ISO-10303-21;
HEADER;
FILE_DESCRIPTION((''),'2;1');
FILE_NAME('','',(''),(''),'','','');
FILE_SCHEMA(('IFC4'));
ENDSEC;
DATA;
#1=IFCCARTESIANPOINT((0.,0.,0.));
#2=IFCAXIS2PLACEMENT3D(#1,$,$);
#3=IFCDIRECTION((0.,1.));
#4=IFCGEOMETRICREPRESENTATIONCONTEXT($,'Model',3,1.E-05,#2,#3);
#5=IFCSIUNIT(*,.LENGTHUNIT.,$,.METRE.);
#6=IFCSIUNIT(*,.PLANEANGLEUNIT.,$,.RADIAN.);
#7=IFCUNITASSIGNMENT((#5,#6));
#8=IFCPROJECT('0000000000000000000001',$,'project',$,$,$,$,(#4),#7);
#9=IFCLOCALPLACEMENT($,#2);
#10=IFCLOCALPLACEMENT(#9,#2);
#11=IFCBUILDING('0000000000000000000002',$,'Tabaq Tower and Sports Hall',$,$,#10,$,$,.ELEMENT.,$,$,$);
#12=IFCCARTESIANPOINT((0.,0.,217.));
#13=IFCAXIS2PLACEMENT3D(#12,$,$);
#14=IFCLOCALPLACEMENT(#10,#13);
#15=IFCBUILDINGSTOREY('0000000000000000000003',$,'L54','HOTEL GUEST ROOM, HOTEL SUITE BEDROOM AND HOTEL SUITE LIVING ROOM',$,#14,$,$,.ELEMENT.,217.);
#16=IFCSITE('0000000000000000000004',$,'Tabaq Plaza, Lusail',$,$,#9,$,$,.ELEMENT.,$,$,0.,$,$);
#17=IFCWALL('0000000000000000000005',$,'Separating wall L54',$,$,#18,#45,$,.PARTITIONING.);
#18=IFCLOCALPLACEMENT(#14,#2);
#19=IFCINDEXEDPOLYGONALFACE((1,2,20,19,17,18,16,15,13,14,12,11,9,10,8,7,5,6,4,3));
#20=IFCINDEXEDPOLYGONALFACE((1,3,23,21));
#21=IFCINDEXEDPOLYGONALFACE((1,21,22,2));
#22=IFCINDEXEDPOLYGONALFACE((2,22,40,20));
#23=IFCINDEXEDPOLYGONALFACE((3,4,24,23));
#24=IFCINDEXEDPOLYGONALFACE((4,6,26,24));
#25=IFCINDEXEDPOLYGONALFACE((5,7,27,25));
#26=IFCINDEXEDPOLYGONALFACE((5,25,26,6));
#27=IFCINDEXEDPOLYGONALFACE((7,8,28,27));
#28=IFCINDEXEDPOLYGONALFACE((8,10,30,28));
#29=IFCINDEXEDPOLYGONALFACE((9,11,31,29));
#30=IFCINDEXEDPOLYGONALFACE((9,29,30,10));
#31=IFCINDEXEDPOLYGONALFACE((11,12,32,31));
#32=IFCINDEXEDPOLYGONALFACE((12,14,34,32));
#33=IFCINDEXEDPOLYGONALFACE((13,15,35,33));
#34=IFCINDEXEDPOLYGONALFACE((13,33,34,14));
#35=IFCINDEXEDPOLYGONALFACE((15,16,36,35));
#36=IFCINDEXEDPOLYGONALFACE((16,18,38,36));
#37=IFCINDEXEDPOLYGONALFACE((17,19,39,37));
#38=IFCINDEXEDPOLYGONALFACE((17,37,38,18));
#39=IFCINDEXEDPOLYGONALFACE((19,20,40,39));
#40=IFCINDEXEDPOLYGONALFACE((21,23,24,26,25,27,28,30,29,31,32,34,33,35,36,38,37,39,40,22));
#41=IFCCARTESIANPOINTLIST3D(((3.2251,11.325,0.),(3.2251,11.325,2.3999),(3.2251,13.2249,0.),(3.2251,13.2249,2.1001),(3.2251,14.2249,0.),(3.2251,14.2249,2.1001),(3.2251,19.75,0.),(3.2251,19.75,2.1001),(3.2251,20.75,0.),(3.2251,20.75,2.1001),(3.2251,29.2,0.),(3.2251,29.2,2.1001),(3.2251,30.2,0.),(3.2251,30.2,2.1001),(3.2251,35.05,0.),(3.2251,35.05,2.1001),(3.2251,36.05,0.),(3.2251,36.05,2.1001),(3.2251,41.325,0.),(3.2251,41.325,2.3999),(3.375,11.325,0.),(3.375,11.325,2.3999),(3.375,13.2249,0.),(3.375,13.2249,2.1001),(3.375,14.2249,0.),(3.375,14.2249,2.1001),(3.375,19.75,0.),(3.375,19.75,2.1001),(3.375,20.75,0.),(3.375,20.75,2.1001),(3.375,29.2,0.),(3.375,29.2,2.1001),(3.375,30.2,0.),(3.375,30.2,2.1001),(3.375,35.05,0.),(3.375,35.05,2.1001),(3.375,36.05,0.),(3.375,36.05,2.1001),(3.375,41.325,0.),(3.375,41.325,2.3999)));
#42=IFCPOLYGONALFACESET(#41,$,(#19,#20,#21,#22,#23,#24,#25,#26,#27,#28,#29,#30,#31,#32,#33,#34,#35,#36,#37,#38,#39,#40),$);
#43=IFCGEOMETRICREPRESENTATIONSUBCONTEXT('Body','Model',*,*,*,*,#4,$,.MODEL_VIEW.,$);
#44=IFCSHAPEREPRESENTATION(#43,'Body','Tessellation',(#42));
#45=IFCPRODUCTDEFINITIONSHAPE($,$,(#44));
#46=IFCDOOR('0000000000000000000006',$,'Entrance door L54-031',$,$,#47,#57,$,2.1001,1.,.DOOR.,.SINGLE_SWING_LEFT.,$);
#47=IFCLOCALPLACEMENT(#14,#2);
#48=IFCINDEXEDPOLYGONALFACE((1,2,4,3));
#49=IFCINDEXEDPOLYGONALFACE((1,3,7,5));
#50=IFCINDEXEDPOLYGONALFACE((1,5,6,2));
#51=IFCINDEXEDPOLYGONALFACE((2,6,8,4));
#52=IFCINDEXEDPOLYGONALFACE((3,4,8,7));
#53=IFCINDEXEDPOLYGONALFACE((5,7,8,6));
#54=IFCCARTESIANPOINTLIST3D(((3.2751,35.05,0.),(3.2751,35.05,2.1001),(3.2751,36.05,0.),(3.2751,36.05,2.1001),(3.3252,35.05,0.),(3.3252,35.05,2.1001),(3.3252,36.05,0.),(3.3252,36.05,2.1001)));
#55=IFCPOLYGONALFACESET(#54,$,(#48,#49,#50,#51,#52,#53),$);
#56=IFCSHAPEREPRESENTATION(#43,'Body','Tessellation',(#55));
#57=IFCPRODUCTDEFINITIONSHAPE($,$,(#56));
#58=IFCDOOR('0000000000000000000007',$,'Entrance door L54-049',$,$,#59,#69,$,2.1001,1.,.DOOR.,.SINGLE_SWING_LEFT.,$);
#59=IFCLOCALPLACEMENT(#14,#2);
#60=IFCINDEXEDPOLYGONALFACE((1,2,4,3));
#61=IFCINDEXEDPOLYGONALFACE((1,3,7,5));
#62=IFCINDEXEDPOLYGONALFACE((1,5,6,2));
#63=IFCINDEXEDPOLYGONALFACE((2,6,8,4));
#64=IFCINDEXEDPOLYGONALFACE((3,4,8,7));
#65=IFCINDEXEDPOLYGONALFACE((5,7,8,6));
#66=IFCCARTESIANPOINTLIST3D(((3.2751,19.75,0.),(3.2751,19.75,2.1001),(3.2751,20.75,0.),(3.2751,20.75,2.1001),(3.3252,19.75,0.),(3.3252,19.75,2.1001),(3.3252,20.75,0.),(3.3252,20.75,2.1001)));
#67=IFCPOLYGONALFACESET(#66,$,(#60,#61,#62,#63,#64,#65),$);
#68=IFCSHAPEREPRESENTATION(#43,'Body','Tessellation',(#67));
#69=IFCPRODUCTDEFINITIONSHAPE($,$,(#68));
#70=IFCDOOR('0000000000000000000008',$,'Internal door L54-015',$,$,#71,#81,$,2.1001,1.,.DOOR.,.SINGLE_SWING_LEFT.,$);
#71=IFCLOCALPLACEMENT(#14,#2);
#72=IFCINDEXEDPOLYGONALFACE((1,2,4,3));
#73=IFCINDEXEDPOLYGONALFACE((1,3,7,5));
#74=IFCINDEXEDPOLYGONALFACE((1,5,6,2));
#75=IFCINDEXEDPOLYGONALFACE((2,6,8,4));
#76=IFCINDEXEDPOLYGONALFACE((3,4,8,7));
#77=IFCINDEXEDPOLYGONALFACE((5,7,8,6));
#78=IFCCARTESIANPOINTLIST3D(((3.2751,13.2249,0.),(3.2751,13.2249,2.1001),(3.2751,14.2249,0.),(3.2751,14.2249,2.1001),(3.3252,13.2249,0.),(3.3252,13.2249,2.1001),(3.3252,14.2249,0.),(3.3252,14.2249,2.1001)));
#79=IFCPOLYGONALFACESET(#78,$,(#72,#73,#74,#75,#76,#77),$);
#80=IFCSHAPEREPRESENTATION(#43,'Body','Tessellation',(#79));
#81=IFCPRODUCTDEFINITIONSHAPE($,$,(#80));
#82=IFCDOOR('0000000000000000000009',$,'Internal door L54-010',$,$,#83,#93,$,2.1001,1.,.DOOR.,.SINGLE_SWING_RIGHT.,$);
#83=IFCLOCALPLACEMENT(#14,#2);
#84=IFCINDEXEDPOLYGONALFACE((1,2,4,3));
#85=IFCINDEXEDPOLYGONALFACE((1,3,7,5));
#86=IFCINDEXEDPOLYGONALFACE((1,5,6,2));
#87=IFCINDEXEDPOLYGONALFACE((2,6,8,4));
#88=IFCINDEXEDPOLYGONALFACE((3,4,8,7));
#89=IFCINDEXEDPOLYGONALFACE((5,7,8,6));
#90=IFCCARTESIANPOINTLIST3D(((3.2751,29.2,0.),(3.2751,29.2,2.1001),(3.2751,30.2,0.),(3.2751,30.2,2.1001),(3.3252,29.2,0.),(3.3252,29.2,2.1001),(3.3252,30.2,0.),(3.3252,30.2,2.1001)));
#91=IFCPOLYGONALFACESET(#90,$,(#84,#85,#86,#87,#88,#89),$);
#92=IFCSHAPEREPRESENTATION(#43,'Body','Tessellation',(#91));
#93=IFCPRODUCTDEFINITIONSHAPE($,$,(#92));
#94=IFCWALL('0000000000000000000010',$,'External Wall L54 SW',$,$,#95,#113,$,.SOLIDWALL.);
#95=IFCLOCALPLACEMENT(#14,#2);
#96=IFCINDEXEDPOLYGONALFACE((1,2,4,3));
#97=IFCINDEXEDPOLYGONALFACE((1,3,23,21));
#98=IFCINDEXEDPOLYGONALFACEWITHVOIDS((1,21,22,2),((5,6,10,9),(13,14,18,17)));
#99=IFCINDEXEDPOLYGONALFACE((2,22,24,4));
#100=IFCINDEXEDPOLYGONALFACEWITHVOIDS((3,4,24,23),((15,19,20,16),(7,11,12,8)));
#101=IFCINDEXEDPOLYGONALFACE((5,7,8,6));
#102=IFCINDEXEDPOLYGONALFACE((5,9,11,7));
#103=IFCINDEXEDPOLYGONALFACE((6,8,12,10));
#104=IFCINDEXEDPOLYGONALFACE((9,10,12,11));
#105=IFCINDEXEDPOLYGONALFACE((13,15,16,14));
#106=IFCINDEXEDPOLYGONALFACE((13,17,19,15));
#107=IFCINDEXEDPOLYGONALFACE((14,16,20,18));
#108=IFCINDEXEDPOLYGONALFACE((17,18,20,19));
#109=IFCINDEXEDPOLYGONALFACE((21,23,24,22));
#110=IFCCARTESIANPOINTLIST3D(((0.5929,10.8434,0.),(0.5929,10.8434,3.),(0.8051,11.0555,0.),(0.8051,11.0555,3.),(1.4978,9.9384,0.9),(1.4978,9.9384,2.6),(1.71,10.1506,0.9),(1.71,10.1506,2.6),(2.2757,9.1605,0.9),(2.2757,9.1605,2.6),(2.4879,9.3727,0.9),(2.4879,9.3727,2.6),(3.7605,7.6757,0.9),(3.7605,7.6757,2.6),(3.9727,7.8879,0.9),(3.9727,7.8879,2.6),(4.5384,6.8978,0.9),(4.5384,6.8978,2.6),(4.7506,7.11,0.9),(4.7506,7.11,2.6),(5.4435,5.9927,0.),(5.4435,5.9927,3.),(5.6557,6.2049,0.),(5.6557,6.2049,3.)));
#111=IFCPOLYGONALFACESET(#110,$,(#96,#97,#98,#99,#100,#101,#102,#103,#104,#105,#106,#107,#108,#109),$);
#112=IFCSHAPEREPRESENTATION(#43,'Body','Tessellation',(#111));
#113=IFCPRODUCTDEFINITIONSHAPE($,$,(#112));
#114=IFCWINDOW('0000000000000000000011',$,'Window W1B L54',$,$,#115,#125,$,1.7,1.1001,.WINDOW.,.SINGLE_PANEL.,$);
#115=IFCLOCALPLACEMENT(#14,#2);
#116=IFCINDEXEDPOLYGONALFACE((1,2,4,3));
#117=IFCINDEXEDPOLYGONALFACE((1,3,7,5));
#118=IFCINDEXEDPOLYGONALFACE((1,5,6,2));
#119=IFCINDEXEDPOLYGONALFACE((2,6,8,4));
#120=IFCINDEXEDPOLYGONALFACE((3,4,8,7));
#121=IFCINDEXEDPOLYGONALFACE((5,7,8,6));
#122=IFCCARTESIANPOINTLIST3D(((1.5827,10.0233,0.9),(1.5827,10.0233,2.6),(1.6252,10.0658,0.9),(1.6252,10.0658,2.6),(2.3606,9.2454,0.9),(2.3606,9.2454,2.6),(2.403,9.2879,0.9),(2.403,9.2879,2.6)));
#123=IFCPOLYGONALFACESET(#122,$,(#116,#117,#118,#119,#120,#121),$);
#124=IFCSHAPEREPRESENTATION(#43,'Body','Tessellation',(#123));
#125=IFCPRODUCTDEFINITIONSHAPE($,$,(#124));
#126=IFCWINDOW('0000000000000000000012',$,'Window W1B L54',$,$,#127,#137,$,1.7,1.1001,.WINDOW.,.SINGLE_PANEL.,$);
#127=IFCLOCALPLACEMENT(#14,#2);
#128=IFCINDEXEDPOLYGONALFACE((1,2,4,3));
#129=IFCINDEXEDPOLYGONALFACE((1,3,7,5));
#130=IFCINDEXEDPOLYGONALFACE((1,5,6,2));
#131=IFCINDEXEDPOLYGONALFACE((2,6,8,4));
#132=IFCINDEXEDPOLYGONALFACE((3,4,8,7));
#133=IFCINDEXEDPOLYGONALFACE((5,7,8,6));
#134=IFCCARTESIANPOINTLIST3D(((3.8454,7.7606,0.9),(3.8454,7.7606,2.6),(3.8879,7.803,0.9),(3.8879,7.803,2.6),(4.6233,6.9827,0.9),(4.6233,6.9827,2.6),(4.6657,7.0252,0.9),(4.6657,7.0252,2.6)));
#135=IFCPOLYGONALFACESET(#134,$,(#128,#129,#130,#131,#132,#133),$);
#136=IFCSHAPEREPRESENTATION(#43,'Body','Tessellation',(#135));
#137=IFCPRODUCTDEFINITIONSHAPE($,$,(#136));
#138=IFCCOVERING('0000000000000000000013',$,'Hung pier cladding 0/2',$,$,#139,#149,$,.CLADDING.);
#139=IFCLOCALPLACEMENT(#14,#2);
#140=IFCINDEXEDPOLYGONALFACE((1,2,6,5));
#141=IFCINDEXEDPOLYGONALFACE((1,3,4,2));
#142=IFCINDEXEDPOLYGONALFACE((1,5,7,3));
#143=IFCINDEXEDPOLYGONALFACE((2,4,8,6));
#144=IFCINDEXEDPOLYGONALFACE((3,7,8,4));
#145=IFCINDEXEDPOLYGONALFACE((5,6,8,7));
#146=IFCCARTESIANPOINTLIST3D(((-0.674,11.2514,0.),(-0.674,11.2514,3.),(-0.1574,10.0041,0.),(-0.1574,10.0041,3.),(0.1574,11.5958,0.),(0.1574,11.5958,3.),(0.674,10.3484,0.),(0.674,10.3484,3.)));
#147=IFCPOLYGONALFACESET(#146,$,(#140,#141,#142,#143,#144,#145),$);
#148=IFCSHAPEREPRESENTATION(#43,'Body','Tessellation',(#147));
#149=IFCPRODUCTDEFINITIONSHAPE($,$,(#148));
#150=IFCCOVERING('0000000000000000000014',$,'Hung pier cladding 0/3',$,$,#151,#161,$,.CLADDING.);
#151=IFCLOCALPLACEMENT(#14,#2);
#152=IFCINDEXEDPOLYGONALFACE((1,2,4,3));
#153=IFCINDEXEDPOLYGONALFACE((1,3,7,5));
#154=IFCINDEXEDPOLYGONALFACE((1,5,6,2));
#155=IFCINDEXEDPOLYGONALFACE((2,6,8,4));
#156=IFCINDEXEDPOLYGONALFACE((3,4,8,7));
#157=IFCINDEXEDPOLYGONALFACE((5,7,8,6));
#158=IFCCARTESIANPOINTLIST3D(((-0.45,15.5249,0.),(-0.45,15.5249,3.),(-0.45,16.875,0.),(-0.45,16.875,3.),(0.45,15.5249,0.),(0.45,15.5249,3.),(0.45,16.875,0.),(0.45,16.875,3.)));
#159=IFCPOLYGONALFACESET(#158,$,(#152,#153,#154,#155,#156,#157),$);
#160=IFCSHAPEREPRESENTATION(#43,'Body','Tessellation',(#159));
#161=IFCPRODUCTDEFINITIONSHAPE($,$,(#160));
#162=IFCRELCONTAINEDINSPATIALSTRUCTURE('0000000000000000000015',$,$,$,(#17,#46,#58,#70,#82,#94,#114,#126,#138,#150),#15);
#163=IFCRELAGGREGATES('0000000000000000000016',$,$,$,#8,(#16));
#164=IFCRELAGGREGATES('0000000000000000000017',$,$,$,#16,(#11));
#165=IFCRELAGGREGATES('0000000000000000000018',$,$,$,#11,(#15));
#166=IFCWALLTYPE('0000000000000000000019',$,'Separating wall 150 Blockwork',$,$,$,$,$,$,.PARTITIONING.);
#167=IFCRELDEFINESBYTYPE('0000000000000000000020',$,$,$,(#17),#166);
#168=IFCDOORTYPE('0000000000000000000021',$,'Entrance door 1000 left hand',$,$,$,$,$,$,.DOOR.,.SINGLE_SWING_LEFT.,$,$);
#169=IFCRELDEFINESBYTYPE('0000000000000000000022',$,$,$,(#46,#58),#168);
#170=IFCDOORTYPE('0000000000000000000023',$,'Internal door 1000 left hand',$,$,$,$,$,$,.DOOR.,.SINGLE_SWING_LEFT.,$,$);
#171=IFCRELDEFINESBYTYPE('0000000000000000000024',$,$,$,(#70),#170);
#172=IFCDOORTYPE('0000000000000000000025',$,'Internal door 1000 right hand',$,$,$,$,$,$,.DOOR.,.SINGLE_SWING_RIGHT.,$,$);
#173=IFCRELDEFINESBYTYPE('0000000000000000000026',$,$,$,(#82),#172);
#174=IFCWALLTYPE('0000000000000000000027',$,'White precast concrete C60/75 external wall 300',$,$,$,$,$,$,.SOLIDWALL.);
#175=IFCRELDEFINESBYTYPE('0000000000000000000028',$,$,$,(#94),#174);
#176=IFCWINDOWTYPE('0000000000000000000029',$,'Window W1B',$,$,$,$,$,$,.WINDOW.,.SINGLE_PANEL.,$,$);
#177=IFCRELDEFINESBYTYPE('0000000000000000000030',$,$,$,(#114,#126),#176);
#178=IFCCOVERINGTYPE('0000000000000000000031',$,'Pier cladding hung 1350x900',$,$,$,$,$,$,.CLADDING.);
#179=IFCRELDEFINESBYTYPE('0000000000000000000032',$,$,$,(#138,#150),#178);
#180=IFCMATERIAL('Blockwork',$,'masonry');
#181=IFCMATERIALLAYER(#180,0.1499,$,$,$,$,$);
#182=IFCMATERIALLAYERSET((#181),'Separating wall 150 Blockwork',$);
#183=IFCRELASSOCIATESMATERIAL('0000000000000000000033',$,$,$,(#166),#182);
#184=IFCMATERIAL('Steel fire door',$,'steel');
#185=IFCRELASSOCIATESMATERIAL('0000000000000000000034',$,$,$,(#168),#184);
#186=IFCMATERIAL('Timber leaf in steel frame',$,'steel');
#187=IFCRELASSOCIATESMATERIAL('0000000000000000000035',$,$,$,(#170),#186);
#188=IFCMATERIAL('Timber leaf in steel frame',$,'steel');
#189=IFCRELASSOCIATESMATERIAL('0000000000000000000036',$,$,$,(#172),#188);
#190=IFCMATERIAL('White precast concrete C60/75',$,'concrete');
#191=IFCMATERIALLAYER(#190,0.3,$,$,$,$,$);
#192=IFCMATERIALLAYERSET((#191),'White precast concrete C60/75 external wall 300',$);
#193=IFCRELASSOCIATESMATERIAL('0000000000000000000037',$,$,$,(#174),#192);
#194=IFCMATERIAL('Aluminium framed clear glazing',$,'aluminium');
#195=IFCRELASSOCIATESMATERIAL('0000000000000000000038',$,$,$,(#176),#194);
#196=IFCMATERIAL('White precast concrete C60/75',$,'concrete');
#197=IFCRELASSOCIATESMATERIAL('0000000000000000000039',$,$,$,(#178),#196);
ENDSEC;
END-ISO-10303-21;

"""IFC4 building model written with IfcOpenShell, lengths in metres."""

from ifc_helpers import new_model, si_unit, direction, frame, frame_2d, origin, place, context, subcontext, project, spatial, rectangle, extrude, material, layer, layer_set, type_object, element, fill, save


model = new_model("IFC4")

# Units and contexts
model_context = context("Model", 3, precision=1e-05, world=origin(), true_north=direction((0.0, 1.0)))
body_context = subcontext(model_context, "Body", "Model", "MODEL_VIEW")
ifc_project = project(units=[si_unit("LENGTHUNIT", "METRE"), si_unit("PLANEANGLEUNIT", "RADIAN")], contexts=[model_context])

# Site, building, storey
site_placement = place(None, origin())
site = spatial("IfcSite", under=ifc_project, at=site_placement, Name="Tabaq Plaza, Lusail", CompositionType="ELEMENT", RefElevation=0.0)
building_placement = place(site_placement, origin())
building = spatial("IfcBuilding", under=site, at=building_placement, Name="Tabaq Tower and Sports Hall", CompositionType="ELEMENT")
storey_placement = place(building_placement, frame((0.0, 0.0, 217.0)))
storey = spatial("IfcBuildingStorey", under=building, at=storey_placement, Name="L54", Description="HOTEL GUEST ROOM, HOTEL SUITE BEDROOM AND HOTEL SUITE LIVING ROOM", CompositionType="ELEMENT", Elevation=217.0)

# Shared definitions
ifc_material_1 = material(Name="Blockwork", Category="masonry")
ifc_layer_1 = layer(ifc_material_1, 0.1499)
ifc_layer_set_1 = layer_set([ifc_layer_1], Name="Separating wall 150 Blockwork")
wall_type_1 = type_object("IfcWallType", Name="Separating wall 150 Blockwork", PredefinedType="PARTITIONING", material=ifc_layer_set_1)

# Wall, openings, doors
ifc_material_2 = material(Name="Steel fire door", Category="steel")
door_type_1 = type_object("IfcDoorType", Name="Entrance door 1000 left hand", OperationType="SINGLE_SWING_LEFT", PredefinedType="DOOR", material=ifc_material_2)
wall_1_placement = place(storey_placement, frame((3.3, 11.325, 0.0), z_axis=(0.0, 0.0, 1.0), x_axis=(0.0, 1.0, 0.0)))
wall_1 = element("IfcWall", 1, at=wall_1_placement, inside=storey, type_object=wall_type_1, Name="Separating wall L54", PredefinedType="PARTITIONING", context=body_context, shape_type="SweptSolid", body=[
    extrude(rectangle(XDim=30.0, YDim=0.1499, at=frame_2d((15.0, 0.0))), origin(), (0.0, 0.0, 1.0), 2.3999),
])
opening_1_placement = place(wall_1_placement, frame((17.875, 0.0, 0.0)))
opening_1 = element("IfcOpeningElement", 2, at=opening_1_placement, cuts=wall_1, PredefinedType="OPENING", context=body_context, shape_type="SweptSolid", body=[
    extrude(rectangle(XDim=1.0, YDim=2.1001, at=frame_2d((0.5, 1.05))), frame((0.0, 0.075, 0.0), z_axis=(0.0, -1.0, 0.0), x_axis=(1.0, 0.0, 0.0)), (0.0, 0.0, 1.0), 0.1499),
])
opening_2_placement = place(wall_1_placement, frame((1.8999, 0.0, 0.0)))
opening_2 = element("IfcOpeningElement", 3, at=opening_2_placement, cuts=wall_1, PredefinedType="OPENING", context=body_context, shape_type="SweptSolid", body=[
    extrude(rectangle(XDim=1.0, YDim=2.1001, at=frame_2d((0.5, 1.05))), frame((0.0, 0.075, 0.0), z_axis=(0.0, -1.0, 0.0), x_axis=(1.0, 0.0, 0.0)), (0.0, 0.0, 1.0), 0.1499),
])
opening_3_placement = place(wall_1_placement, frame((23.7251, 0.0, 0.0)))
opening_3 = element("IfcOpeningElement", 4, at=opening_3_placement, cuts=wall_1, PredefinedType="OPENING", context=body_context, shape_type="SweptSolid", body=[
    extrude(rectangle(XDim=1.0, YDim=2.1001, at=frame_2d((0.5, 1.05))), frame((0.0, 0.075, 0.0), z_axis=(0.0, -1.0, 0.0), x_axis=(1.0, 0.0, 0.0)), (0.0, 0.0, 1.0), 0.1499),
])
opening_4_placement = place(wall_1_placement, frame((8.425, 0.0, 0.0)))
opening_4 = element("IfcOpeningElement", 5, at=opening_4_placement, cuts=wall_1, PredefinedType="OPENING", context=body_context, shape_type="SweptSolid", body=[
    extrude(rectangle(XDim=1.0, YDim=2.1001, at=frame_2d((0.5, 1.05))), frame((0.0, 0.075, 0.0), z_axis=(0.0, -1.0, 0.0), x_axis=(1.0, 0.0, 0.0)), (0.0, 0.0, 1.0), 0.1499),
])
door_1_placement = place(opening_3_placement, origin())
door_1 = element("IfcDoor", 6, at=door_1_placement, inside=storey, type_object=door_type_1, Name="Entrance door L54-031", OperationType="SINGLE_SWING_LEFT", OverallHeight=2.1001, OverallWidth=1.0, PredefinedType="DOOR", context=body_context, shape_type="SweptSolid", body=[
    extrude(rectangle(XDim=1.0, YDim=2.1001, at=frame_2d((0.5, 1.05))), frame((0.0, 0.0249, 0.0), z_axis=(0.0, -1.0, 0.0), x_axis=(1.0, 0.0, 0.0)), (0.0, 0.0, 1.0), 0.05),
])
fill(opening_3, door_1)
door_2_placement = place(opening_4_placement, origin())
door_2 = element("IfcDoor", 7, at=door_2_placement, inside=storey, type_object=door_type_1, Name="Entrance door L54-049", OperationType="SINGLE_SWING_LEFT", OverallHeight=2.1001, OverallWidth=1.0, PredefinedType="DOOR", context=body_context, shape_type="SweptSolid", body=[
    extrude(rectangle(XDim=1.0, YDim=2.1001, at=frame_2d((0.5, 1.05))), frame((0.0, 0.0249, 0.0), z_axis=(0.0, -1.0, 0.0), x_axis=(1.0, 0.0, 0.0)), (0.0, 0.0, 1.0), 0.05),
])
fill(opening_4, door_2)
ifc_material_3 = material(Name="Timber leaf in steel frame", Category="steel")
door_type_2 = type_object("IfcDoorType", Name="Internal door 1000 left hand", OperationType="SINGLE_SWING_LEFT", PredefinedType="DOOR", material=ifc_material_3)
door_3_placement = place(opening_2_placement, origin())
door_3 = element("IfcDoor", 8, at=door_3_placement, inside=storey, type_object=door_type_2, Name="Internal door L54-015", OperationType="SINGLE_SWING_LEFT", OverallHeight=2.1001, OverallWidth=1.0, PredefinedType="DOOR", context=body_context, shape_type="SweptSolid", body=[
    extrude(rectangle(XDim=1.0, YDim=2.1001, at=frame_2d((0.5, 1.05))), frame((0.0, 0.0249, 0.0), z_axis=(0.0, -1.0, 0.0), x_axis=(1.0, 0.0, 0.0)), (0.0, 0.0, 1.0), 0.05),
])
fill(opening_2, door_3)
ifc_material_4 = material(Name="Timber leaf in steel frame", Category="steel")
door_type_3 = type_object("IfcDoorType", Name="Internal door 1000 right hand", OperationType="SINGLE_SWING_RIGHT", PredefinedType="DOOR", material=ifc_material_4)
door_4_placement = place(opening_1_placement, origin())
door_4 = element("IfcDoor", 9, at=door_4_placement, inside=storey, type_object=door_type_3, Name="Internal door L54-010", OperationType="SINGLE_SWING_RIGHT", OverallHeight=2.1001, OverallWidth=1.0, PredefinedType="DOOR", context=body_context, shape_type="SweptSolid", body=[
    extrude(rectangle(XDim=1.0, YDim=2.1001, at=frame_2d((0.5, 1.05))), frame((0.0, 0.0249, 0.0), z_axis=(0.0, -1.0, 0.0), x_axis=(1.0, 0.0, 0.0)), (0.0, 0.0, 1.0), 0.05),
])
fill(opening_1, door_4)

# Wall, openings, windows
ifc_material_5 = material(Name="White precast concrete C60/75", Category="concrete")
ifc_layer_2 = layer(ifc_material_5, 0.3)
ifc_layer_set_2 = layer_set([ifc_layer_2], Name="White precast concrete C60/75 external wall 300")
wall_type_2 = type_object("IfcWallType", Name="White precast concrete C60/75 external wall 300", PredefinedType="SOLIDWALL", material=ifc_layer_set_2)
wall_2_placement = place(storey_placement, frame((0.699, 10.9495, 0.0), z_axis=(0.0, 0.0, 1.0), x_axis=(0.707107, -0.707107, 0.0)))
wall_2 = element("IfcWall", 10, at=wall_2_placement, inside=storey, type_object=wall_type_2, Name="External Wall L54 SW", PredefinedType="SOLIDWALL", context=body_context, shape_type="SweptSolid", body=[
    extrude(rectangle(XDim=6.8599, YDim=0.3, at=frame_2d((3.4299, 0.0))), origin(), (0.0, 0.0, 1.0), 3.0),
])
opening_5_placement = place(wall_2_placement, frame((1.2798, 0.0, 0.8999)))
opening_5 = element("IfcOpeningElement", 11, at=opening_5_placement, cuts=wall_2, PredefinedType="OPENING", context=body_context, shape_type="SweptSolid", body=[
    extrude(rectangle(XDim=1.1001, YDim=1.7, at=frame_2d((0.55, 0.8501))), frame((0.0, 0.1602, 0.0), z_axis=(0.0, -1.0, 0.0), x_axis=(1.0, 0.0, 0.0)), (0.0, 0.0, 1.0), 0.3201),
])
opening_6_placement = place(wall_2_placement, frame((4.4797, 0.0, 0.8999)))
opening_6 = element("IfcOpeningElement", 12, at=opening_6_placement, cuts=wall_2, PredefinedType="OPENING", context=body_context, shape_type="SweptSolid", body=[
    extrude(rectangle(XDim=1.1001, YDim=1.7, at=frame_2d((0.55, 0.8501))), frame((0.0, 0.1602, 0.0), z_axis=(0.0, -1.0, 0.0), x_axis=(1.0, 0.0, 0.0)), (0.0, 0.0, 1.0), 0.3201),
])
ifc_material_6 = material(Name="Aluminium framed clear glazing", Category="aluminium")
window_type = type_object("IfcWindowType", Name="Window W1B", PartitioningType="SINGLE_PANEL", PredefinedType="WINDOW", material=ifc_material_6)
window_1_placement = place(opening_5_placement, origin())
window_1 = element("IfcWindow", 13, at=window_1_placement, inside=storey, type_object=window_type, Name="Window W1B L54", OverallHeight=1.7, OverallWidth=1.1001, PartitioningType="SINGLE_PANEL", PredefinedType="WINDOW", context=body_context, shape_type="SweptSolid", body=[
    extrude(rectangle(XDim=1.1001, YDim=1.7, at=frame_2d((0.55, 0.8501))), frame((0.0, 0.03, 0.0), z_axis=(0.0, -1.0, 0.0), x_axis=(1.0, 0.0, 0.0)), (0.0, 0.0, 1.0), 0.0601),
])
fill(opening_5, window_1)
window_2_placement = place(opening_6_placement, origin())
window_2 = element("IfcWindow", 14, at=window_2_placement, inside=storey, type_object=window_type, Name="Window W1B L54", OverallHeight=1.7, OverallWidth=1.1001, PartitioningType="SINGLE_PANEL", PredefinedType="WINDOW", context=body_context, shape_type="SweptSolid", body=[
    extrude(rectangle(XDim=1.1001, YDim=1.7, at=frame_2d((0.55, 0.8501))), frame((0.0, 0.03, 0.0), z_axis=(0.0, -1.0, 0.0), x_axis=(1.0, 0.0, 0.0)), (0.0, 0.0, 1.0), 0.0601),
])
fill(opening_6, window_2)

# Coverings
ifc_material_7 = material(Name="White precast concrete C60/75", Category="concrete")
covering_type_1 = type_object("IfcCoveringType", Name="Pier cladding hung 1350x900", PredefinedType="CLADDING", material=ifc_material_7)
for number, where, z_axis, x_axis, name in (
    (15, (-0.2583, 11.4236, 0.0), (0.0, 0.0, 1.0), (0.38265, -0.923893, 0.0), "Hung pier cladding 0/2"),
    (16, (0.0, 16.875, 0.0), (0.0, 0.0, 1.0), (0.0, -1.0, 0.0), "Hung pier cladding 0/3"),
):
    element("IfcCovering", number, at=place(storey_placement, frame(where, z_axis=z_axis, x_axis=x_axis)), inside=storey, type_object=covering_type_1, Name=name, PredefinedType="CLADDING", context=body_context, shape_type="SweptSolid", body=[
        extrude(rectangle(XDim=1.3501, YDim=0.8999, at=frame_2d((0.675, 0.0))), origin(), (0.0, 0.0, 1.0), 3.0),
    ])

save(model, "model.ifc")
